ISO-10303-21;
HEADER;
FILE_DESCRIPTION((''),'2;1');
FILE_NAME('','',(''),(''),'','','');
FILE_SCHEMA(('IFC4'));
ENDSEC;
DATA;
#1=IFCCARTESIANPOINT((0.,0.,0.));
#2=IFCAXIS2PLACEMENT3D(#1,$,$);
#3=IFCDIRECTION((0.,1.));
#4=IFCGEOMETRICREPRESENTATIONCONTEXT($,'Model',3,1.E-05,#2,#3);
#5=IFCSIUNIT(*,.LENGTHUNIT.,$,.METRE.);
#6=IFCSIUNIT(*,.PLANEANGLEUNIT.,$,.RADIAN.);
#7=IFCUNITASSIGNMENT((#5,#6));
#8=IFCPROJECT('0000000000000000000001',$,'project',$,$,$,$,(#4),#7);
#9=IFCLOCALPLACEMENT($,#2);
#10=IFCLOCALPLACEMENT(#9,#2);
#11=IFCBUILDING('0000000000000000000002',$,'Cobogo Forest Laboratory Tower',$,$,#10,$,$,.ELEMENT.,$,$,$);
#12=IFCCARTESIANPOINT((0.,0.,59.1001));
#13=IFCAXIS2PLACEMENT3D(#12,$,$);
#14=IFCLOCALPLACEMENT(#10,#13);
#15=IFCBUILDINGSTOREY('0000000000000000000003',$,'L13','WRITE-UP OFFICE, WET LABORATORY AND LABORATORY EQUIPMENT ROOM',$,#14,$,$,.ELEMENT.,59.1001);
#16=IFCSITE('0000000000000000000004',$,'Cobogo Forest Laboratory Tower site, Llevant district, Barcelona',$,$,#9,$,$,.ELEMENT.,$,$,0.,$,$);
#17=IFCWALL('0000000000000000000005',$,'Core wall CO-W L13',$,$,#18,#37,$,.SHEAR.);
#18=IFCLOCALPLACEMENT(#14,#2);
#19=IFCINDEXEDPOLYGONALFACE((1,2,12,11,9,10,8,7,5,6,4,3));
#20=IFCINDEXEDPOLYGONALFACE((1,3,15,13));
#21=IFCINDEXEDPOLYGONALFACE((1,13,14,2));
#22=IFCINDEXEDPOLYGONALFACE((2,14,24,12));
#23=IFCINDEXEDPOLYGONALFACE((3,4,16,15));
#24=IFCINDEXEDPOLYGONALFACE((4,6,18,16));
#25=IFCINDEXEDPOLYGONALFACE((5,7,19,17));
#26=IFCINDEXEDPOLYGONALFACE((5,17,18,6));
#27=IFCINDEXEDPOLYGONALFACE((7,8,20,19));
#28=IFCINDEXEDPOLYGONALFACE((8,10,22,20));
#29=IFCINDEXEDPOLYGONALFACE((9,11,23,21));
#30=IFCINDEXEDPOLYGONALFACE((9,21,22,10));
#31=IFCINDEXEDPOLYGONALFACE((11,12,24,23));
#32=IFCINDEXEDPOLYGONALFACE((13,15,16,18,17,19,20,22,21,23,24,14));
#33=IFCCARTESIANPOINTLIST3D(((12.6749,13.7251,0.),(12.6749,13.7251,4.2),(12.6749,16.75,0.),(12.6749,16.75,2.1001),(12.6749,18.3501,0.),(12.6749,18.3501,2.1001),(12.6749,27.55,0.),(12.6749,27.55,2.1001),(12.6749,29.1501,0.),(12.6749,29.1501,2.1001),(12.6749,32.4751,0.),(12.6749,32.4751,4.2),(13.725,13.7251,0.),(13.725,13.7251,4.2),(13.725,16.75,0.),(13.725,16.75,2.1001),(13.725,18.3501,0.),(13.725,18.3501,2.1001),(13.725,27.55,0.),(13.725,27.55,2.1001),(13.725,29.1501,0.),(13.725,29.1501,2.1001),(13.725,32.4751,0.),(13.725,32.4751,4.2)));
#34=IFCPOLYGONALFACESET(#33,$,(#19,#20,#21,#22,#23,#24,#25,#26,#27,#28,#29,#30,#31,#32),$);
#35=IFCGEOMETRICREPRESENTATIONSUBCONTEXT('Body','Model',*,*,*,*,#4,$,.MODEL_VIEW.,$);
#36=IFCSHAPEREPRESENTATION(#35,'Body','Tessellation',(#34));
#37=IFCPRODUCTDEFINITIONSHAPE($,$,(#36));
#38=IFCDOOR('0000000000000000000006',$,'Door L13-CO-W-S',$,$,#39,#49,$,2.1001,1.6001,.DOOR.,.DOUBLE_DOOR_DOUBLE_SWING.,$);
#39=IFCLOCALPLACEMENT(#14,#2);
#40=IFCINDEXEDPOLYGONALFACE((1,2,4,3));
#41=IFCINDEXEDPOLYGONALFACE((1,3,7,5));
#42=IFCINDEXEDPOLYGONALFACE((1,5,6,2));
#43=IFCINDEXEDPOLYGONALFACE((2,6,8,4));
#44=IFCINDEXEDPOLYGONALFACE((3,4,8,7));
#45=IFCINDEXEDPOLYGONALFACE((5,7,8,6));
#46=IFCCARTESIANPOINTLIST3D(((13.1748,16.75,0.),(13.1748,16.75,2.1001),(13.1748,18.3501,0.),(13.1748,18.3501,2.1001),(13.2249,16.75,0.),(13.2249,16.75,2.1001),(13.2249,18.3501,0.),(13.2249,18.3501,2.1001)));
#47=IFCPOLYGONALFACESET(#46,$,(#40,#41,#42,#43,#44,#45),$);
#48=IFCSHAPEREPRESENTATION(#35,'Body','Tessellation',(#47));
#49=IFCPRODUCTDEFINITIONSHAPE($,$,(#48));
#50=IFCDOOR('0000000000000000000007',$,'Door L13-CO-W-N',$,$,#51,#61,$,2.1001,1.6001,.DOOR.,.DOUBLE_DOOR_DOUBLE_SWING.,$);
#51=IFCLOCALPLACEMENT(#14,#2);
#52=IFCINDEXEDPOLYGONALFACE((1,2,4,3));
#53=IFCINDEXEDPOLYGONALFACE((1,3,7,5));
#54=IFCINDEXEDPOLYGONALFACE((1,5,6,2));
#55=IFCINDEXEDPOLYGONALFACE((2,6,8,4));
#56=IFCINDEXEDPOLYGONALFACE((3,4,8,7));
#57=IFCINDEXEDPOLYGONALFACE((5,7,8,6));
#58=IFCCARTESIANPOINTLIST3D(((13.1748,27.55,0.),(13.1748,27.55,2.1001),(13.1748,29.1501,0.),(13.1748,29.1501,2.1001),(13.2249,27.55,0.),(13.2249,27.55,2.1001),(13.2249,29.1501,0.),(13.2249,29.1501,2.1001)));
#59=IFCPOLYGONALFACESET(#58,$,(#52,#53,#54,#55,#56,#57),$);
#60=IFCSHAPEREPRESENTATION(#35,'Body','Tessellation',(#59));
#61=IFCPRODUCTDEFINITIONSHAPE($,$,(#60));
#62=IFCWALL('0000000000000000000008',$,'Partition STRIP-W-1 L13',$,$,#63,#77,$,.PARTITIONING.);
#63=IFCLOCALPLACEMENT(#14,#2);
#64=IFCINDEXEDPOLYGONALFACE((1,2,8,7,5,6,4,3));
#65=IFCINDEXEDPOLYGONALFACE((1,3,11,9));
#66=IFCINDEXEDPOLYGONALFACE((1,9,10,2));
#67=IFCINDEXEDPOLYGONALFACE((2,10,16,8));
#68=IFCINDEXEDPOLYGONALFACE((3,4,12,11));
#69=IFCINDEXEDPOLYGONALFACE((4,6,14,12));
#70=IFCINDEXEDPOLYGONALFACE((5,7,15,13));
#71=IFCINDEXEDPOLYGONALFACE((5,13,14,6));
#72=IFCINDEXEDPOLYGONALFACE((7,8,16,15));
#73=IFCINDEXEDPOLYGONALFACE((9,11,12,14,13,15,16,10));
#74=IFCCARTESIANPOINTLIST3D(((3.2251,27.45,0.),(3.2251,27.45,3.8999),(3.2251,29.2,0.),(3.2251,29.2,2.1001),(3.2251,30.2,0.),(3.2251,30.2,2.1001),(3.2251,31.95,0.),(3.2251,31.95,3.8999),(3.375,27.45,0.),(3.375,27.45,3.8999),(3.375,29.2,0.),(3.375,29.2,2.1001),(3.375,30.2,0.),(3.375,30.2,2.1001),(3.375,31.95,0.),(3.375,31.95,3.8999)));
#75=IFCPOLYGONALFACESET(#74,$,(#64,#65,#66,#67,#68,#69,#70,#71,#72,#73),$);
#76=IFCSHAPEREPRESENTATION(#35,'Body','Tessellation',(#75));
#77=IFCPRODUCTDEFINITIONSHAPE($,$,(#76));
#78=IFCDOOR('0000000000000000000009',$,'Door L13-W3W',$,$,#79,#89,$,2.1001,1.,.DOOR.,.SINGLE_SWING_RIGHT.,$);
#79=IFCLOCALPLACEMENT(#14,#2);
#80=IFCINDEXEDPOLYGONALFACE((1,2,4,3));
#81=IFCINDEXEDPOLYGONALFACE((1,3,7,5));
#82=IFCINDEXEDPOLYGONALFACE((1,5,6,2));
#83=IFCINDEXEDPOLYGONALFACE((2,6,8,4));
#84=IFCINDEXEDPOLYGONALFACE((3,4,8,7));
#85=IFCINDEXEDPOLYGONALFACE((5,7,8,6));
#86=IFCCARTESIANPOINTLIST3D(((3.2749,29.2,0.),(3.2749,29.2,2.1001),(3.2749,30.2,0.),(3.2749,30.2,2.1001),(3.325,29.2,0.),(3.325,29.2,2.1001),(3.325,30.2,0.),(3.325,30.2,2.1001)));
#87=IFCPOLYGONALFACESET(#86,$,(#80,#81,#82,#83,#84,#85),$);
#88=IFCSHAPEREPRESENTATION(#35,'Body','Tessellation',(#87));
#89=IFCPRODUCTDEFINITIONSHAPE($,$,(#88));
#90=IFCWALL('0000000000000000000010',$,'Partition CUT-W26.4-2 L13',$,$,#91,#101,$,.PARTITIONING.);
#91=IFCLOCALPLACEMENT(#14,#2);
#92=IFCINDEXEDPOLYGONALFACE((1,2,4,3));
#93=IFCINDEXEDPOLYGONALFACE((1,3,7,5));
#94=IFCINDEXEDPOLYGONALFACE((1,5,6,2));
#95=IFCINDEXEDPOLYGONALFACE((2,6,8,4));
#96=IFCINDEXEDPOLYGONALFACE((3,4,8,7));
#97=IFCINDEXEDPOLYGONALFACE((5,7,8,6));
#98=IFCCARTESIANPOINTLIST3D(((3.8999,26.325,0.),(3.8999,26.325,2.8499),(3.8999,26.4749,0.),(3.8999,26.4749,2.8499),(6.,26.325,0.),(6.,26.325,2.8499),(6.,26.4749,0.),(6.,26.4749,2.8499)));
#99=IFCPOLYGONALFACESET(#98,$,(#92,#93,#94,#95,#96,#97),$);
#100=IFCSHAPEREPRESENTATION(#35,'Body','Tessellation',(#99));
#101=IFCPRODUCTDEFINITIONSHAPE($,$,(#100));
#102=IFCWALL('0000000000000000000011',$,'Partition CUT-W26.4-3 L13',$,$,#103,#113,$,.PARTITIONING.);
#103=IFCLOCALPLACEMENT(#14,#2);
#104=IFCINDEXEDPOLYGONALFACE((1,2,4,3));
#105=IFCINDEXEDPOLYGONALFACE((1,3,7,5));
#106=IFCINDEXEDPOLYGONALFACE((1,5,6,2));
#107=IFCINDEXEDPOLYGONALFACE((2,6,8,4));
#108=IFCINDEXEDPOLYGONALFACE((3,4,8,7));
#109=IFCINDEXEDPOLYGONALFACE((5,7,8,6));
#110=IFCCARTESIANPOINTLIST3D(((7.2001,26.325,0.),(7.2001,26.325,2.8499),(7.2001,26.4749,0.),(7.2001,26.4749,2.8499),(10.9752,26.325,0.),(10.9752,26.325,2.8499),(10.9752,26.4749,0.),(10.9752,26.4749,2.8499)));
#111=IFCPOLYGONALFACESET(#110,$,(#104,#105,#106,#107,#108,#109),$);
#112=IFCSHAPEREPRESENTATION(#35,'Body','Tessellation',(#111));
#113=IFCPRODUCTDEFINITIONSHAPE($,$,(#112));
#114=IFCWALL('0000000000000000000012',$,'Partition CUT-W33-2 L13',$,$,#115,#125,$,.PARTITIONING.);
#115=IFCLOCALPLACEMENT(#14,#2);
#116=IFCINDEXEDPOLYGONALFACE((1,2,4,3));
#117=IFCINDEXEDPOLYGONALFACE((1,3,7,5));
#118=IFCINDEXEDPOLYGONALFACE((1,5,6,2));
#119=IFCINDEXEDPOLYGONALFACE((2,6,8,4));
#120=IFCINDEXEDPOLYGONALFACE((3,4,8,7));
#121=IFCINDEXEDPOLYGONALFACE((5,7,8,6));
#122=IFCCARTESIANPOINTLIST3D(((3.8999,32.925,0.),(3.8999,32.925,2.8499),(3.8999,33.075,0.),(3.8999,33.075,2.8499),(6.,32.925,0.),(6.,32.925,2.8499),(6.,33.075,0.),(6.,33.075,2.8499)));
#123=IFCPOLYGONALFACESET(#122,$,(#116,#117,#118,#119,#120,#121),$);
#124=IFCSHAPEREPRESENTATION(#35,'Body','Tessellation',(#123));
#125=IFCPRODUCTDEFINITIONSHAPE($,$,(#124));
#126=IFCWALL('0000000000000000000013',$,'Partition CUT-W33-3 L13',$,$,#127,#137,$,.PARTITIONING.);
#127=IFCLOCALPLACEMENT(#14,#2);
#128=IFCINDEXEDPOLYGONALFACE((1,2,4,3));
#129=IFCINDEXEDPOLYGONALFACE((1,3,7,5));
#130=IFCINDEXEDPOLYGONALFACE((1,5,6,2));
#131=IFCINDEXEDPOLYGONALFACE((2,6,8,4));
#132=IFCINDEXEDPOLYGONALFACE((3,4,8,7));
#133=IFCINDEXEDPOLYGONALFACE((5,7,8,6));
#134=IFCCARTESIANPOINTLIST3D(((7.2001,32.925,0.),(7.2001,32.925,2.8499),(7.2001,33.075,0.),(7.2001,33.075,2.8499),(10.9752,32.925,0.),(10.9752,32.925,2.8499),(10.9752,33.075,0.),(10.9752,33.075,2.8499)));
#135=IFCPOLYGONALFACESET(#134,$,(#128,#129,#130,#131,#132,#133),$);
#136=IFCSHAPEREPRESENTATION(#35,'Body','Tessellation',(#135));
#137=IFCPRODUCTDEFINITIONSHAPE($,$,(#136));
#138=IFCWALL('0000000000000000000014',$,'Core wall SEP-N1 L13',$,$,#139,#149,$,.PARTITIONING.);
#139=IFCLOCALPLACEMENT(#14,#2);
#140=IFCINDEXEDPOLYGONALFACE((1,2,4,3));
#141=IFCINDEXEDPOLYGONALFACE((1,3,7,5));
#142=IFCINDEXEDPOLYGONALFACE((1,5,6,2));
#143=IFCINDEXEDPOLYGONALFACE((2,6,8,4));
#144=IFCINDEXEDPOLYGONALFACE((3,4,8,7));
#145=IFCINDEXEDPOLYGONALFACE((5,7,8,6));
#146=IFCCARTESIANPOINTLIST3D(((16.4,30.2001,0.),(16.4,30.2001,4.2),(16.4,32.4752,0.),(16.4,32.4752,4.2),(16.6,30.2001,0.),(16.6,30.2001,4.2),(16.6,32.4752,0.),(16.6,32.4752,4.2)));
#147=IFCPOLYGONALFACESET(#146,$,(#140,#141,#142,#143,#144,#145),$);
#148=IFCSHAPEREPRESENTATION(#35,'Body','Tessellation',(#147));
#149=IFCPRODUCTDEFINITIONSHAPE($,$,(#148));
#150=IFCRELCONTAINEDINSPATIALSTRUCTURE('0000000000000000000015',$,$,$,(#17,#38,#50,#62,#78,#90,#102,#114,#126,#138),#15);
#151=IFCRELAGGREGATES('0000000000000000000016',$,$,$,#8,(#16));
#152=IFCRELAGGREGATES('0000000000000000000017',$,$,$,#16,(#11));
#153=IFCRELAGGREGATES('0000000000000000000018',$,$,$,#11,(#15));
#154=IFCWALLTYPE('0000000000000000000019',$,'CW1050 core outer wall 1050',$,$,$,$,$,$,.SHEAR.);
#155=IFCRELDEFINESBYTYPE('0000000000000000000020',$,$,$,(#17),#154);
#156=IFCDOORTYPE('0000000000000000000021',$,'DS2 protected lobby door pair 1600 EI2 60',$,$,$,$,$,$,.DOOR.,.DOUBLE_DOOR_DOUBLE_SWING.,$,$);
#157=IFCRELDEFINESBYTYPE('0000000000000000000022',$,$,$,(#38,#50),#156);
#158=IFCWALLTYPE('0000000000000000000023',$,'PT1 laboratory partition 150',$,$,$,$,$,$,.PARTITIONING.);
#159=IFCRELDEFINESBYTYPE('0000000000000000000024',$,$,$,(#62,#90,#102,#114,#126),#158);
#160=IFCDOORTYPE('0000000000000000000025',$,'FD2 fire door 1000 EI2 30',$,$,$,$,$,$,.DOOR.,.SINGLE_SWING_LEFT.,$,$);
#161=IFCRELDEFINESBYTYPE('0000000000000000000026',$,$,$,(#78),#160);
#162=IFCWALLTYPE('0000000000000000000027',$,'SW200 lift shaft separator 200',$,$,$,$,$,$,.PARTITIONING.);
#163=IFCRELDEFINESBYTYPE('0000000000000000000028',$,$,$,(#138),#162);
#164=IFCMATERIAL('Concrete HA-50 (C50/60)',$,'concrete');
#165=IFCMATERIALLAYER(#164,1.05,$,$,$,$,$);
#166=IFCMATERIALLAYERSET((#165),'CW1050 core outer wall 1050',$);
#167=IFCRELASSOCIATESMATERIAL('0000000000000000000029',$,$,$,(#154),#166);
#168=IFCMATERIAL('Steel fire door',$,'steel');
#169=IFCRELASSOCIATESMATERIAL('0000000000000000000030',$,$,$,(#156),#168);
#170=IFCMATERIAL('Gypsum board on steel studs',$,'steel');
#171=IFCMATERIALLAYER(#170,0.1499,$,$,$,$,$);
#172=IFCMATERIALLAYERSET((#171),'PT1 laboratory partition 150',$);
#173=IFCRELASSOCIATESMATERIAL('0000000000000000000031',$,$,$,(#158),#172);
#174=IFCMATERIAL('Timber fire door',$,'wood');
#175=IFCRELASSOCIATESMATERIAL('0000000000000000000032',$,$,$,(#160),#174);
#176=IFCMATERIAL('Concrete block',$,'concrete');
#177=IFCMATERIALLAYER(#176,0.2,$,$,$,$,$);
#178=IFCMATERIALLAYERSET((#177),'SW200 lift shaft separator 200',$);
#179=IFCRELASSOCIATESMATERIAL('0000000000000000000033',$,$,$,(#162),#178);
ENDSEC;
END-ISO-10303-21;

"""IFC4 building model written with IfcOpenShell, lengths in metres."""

from ifc_helpers import new_model, si_unit, direction, frame, frame_2d, origin, place, context, subcontext, project, spatial, rectangle, extrude, material, layer, layer_set, type_object, element, fill, save


model = new_model("IFC4")

# Units and contexts
model_context = context("Model", 3, precision=1e-05, world=origin(), true_north=direction((0.0, 1.0)))
body_context = subcontext(model_context, "Body", "Model", "MODEL_VIEW")
ifc_project = project(units=[si_unit("LENGTHUNIT", "METRE"), si_unit("PLANEANGLEUNIT", "RADIAN")], contexts=[model_context])

# Site, building, storey
site_placement = place(None, origin())
site = spatial("IfcSite", under=ifc_project, at=site_placement, Name="Cobogo Forest Laboratory Tower site, Llevant district, Barcelona", CompositionType="ELEMENT", RefElevation=0.0)
building_placement = place(site_placement, origin())
building = spatial("IfcBuilding", under=site, at=building_placement, Name="Cobogo Forest Laboratory Tower", CompositionType="ELEMENT")
storey_placement = place(building_placement, frame((0.0, 0.0, 59.1001)))
storey = spatial("IfcBuildingStorey", under=building, at=storey_placement, Name="L13", Description="WRITE-UP OFFICE, WET LABORATORY AND LABORATORY EQUIPMENT ROOM", CompositionType="ELEMENT", Elevation=59.1001)

# Shared definitions
ifc_material_1 = material(Name="Concrete HA-50 (C50/60)", Category="concrete")

# Shared definitions
ifc_material_2 = material(Name="Steel fire door", Category="steel")

# Wall, openings, doors
ifc_layer_1 = layer(ifc_material_1, 1.05)
ifc_layer_set_1 = layer_set([ifc_layer_1], Name="CW1050 core outer wall 1050")
wall_type_1 = type_object("IfcWallType", Name="CW1050 core outer wall 1050", PredefinedType="SHEAR", material=ifc_layer_set_1)
wall_1_placement = place(storey_placement, frame((13.2, 32.4751, 0.0), z_axis=(0.0, 0.0, 1.0), x_axis=(0.0, -1.0, 0.0)))
wall_1 = element("IfcWall", 1, at=wall_1_placement, inside=storey, type_object=wall_type_1, Name="Core wall CO-W L13", PredefinedType="SHEAR", context=body_context, shape_type="SweptSolid", body=[
    extrude(rectangle(XDim=18.75, YDim=1.05, at=frame_2d((9.375, 0.0))), origin(), (0.0, 0.0, 1.0), 4.2),
])
opening_1_placement = place(wall_1_placement, frame((14.125, 0.0, 0.0)))
opening_1 = element("IfcOpeningElement", 2, at=opening_1_placement, cuts=wall_1, PredefinedType="OPENING", context=body_context, shape_type="SweptSolid", body=[
    extrude(rectangle(XDim=1.6001, YDim=2.1001, at=frame_2d((0.8, 1.05))), frame((0.0, 0.5349, 0.0), z_axis=(0.0, -1.0, 0.0), x_axis=(1.0, 0.0, 0.0)), (0.0, 0.0, 1.0), 1.0701),
])
opening_2_placement = place(wall_1_placement, frame((3.325, 0.0, 0.0)))
opening_2 = element("IfcOpeningElement", 3, at=opening_2_placement, cuts=wall_1, PredefinedType="OPENING", context=body_context, shape_type="SweptSolid", body=[
    extrude(rectangle(XDim=1.6001, YDim=2.1001, at=frame_2d((0.8, 1.05))), frame((0.0, 0.5349, 0.0), z_axis=(0.0, -1.0, 0.0), x_axis=(1.0, 0.0, 0.0)), (0.0, 0.0, 1.0), 1.0701),
])
door_type_1 = type_object("IfcDoorType", Name="DS2 protected lobby door pair 1600 EI2 60", OperationType="DOUBLE_DOOR_DOUBLE_SWING", PredefinedType="DOOR", material=ifc_material_2)
door_1_placement = place(opening_1_placement, origin())
door_1 = element("IfcDoor", 4, at=door_1_placement, inside=storey, type_object=door_type_1, Name="Door L13-CO-W-S", OperationType="DOUBLE_DOOR_DOUBLE_SWING", OverallHeight=2.1001, OverallWidth=1.6001, PredefinedType="DOOR", context=body_context, shape_type="SweptSolid", body=[
    extrude(rectangle(XDim=1.6001, YDim=2.1001, at=frame_2d((0.8, 1.05))), frame((0.0, 0.0249, 0.0), z_axis=(0.0, -1.0, 0.0), x_axis=(1.0, 0.0, 0.0)), (0.0, 0.0, 1.0), 0.05),
])
fill(opening_1, door_1)
door_2_placement = place(opening_2_placement, origin())
door_2 = element("IfcDoor", 5, at=door_2_placement, inside=storey, type_object=door_type_1, Name="Door L13-CO-W-N", OperationType="DOUBLE_DOOR_DOUBLE_SWING", OverallHeight=2.1001, OverallWidth=1.6001, PredefinedType="DOOR", context=body_context, shape_type="SweptSolid", body=[
    extrude(rectangle(XDim=1.6001, YDim=2.1001, at=frame_2d((0.8, 1.05))), frame((0.0, 0.0249, 0.0), z_axis=(0.0, -1.0, 0.0), x_axis=(1.0, 0.0, 0.0)), (0.0, 0.0, 1.0), 0.05),
])
fill(opening_2, door_2)

# Wall, opening, door
ifc_material_3 = material(Name="Gypsum board on steel studs", Category="steel")
ifc_layer_2 = layer(ifc_material_3, 0.1499)
ifc_layer_set_2 = layer_set([ifc_layer_2], Name="PT1 laboratory partition 150")
wall_type_2 = type_object("IfcWallType", Name="PT1 laboratory partition 150", PredefinedType="PARTITIONING", material=ifc_layer_set_2)
wall_2_placement = place(storey_placement, frame((3.3, 31.95, 0.0), z_axis=(0.0, 0.0, 1.0), x_axis=(0.0, -1.0, 0.0)))
wall_2 = element("IfcWall", 6, at=wall_2_placement, inside=storey, type_object=wall_type_2, Name="Partition STRIP-W-1 L13", PredefinedType="PARTITIONING", context=body_context, shape_type="SweptSolid", body=[
    extrude(rectangle(XDim=4.5, YDim=0.1499, at=frame_2d((2.25, 0.0))), origin(), (0.0, 0.0, 1.0), 3.8999),
])
opening_3_placement = place(wall_2_placement, frame((1.75, 0.0, 0.0)))
opening_3 = element("IfcOpeningElement", 7, at=opening_3_placement, cuts=wall_2, PredefinedType="OPENING", context=body_context, shape_type="SweptSolid", body=[
    extrude(rectangle(XDim=1.0, YDim=2.1001, at=frame_2d((0.5, 1.05))), frame((0.0, 0.085, 0.0), z_axis=(0.0, -1.0, 0.0), x_axis=(1.0, 0.0, 0.0)), (0.0, 0.0, 1.0), 0.1699),
])
ifc_material_4 = material(Name="Timber fire door", Category="wood")
door_type_2 = type_object("IfcDoorType", Name="FD2 fire door 1000 EI2 30", OperationType="SINGLE_SWING_LEFT", PredefinedType="DOOR", material=ifc_material_4)
door_3_placement = place(opening_3_placement, origin())
door_3 = element("IfcDoor", 8, at=door_3_placement, inside=storey, type_object=door_type_2, Name="Door L13-W3W", OperationType="SINGLE_SWING_RIGHT", OverallHeight=2.1001, OverallWidth=1.0, PredefinedType="DOOR", context=body_context, shape_type="SweptSolid", body=[
    extrude(rectangle(XDim=1.0, YDim=2.1001, at=frame_2d((0.5, 1.05))), frame((0.0, 0.0249, 0.0), z_axis=(0.0, -1.0, 0.0), x_axis=(1.0, 0.0, 0.0)), (0.0, 0.0, 1.0), 0.05),
])
fill(opening_3, door_3)

# Walls
wall_3_placement = place(storey_placement, frame((3.8999, 26.3999, 0.0), z_axis=(0.0, 0.0, 1.0), x_axis=(1.0, 0.0, 0.0)))
element("IfcWall", 9, at=wall_3_placement, inside=storey, type_object=wall_type_2, Name="Partition CUT-W26.4-2 L13", PredefinedType="PARTITIONING", context=body_context, shape_type="SweptSolid", body=[
    extrude(rectangle(XDim=2.1001, YDim=0.1499, at=frame_2d((1.05, 0.0))), origin(), (0.0, 0.0, 1.0), 2.8499),
])
wall_4_placement = place(storey_placement, frame((7.2, 26.3999, 0.0), z_axis=(0.0, 0.0, 1.0), x_axis=(1.0, 0.0, 0.0)))
element("IfcWall", 10, at=wall_4_placement, inside=storey, type_object=wall_type_2, Name="Partition CUT-W26.4-3 L13", PredefinedType="PARTITIONING", context=body_context, shape_type="SweptSolid", body=[
    extrude(rectangle(XDim=3.7751, YDim=0.1499, at=frame_2d((1.8877, 0.0))), origin(), (0.0, 0.0, 1.0), 2.8499),
])
wall_5_placement = place(storey_placement, frame((3.8999, 33.0, 0.0), z_axis=(0.0, 0.0, 1.0), x_axis=(1.0, 0.0, 0.0)))
element("IfcWall", 11, at=wall_5_placement, inside=storey, type_object=wall_type_2, Name="Partition CUT-W33-2 L13", PredefinedType="PARTITIONING", context=body_context, shape_type="SweptSolid", body=[
    extrude(rectangle(XDim=2.1001, YDim=0.1499, at=frame_2d((1.05, 0.0))), origin(), (0.0, 0.0, 1.0), 2.8499),
])
wall_6_placement = place(storey_placement, frame((7.2, 33.0, 0.0), z_axis=(0.0, 0.0, 1.0), x_axis=(1.0, 0.0, 0.0)))
element("IfcWall", 12, at=wall_6_placement, inside=storey, type_object=wall_type_2, Name="Partition CUT-W33-3 L13", PredefinedType="PARTITIONING", context=body_context, shape_type="SweptSolid", body=[
    extrude(rectangle(XDim=3.7751, YDim=0.1499, at=frame_2d((1.8877, 0.0))), origin(), (0.0, 0.0, 1.0), 2.8499),
])
ifc_material_5 = material(Name="Concrete block", Category="concrete")
ifc_layer_3 = layer(ifc_material_5, 0.2)
ifc_layer_set_3 = layer_set([ifc_layer_3], Name="SW200 lift shaft separator 200")
wall_type_3 = type_object("IfcWallType", Name="SW200 lift shaft separator 200", PredefinedType="PARTITIONING", material=ifc_layer_set_3)
wall_7_placement = place(storey_placement, frame((16.5, 30.2, 0.0), z_axis=(0.0, 0.0, 1.0), x_axis=(0.0, 1.0, 0.0)))
element("IfcWall", 13, at=wall_7_placement, inside=storey, type_object=wall_type_3, Name="Core wall SEP-N1 L13", PredefinedType="PARTITIONING", context=body_context, shape_type="SweptSolid", body=[
    extrude(rectangle(XDim=2.2751, YDim=0.2, at=frame_2d((1.1377, 0.0))), origin(), (0.0, 0.0, 1.0), 4.2),
])

save(model, "model.ifc")
